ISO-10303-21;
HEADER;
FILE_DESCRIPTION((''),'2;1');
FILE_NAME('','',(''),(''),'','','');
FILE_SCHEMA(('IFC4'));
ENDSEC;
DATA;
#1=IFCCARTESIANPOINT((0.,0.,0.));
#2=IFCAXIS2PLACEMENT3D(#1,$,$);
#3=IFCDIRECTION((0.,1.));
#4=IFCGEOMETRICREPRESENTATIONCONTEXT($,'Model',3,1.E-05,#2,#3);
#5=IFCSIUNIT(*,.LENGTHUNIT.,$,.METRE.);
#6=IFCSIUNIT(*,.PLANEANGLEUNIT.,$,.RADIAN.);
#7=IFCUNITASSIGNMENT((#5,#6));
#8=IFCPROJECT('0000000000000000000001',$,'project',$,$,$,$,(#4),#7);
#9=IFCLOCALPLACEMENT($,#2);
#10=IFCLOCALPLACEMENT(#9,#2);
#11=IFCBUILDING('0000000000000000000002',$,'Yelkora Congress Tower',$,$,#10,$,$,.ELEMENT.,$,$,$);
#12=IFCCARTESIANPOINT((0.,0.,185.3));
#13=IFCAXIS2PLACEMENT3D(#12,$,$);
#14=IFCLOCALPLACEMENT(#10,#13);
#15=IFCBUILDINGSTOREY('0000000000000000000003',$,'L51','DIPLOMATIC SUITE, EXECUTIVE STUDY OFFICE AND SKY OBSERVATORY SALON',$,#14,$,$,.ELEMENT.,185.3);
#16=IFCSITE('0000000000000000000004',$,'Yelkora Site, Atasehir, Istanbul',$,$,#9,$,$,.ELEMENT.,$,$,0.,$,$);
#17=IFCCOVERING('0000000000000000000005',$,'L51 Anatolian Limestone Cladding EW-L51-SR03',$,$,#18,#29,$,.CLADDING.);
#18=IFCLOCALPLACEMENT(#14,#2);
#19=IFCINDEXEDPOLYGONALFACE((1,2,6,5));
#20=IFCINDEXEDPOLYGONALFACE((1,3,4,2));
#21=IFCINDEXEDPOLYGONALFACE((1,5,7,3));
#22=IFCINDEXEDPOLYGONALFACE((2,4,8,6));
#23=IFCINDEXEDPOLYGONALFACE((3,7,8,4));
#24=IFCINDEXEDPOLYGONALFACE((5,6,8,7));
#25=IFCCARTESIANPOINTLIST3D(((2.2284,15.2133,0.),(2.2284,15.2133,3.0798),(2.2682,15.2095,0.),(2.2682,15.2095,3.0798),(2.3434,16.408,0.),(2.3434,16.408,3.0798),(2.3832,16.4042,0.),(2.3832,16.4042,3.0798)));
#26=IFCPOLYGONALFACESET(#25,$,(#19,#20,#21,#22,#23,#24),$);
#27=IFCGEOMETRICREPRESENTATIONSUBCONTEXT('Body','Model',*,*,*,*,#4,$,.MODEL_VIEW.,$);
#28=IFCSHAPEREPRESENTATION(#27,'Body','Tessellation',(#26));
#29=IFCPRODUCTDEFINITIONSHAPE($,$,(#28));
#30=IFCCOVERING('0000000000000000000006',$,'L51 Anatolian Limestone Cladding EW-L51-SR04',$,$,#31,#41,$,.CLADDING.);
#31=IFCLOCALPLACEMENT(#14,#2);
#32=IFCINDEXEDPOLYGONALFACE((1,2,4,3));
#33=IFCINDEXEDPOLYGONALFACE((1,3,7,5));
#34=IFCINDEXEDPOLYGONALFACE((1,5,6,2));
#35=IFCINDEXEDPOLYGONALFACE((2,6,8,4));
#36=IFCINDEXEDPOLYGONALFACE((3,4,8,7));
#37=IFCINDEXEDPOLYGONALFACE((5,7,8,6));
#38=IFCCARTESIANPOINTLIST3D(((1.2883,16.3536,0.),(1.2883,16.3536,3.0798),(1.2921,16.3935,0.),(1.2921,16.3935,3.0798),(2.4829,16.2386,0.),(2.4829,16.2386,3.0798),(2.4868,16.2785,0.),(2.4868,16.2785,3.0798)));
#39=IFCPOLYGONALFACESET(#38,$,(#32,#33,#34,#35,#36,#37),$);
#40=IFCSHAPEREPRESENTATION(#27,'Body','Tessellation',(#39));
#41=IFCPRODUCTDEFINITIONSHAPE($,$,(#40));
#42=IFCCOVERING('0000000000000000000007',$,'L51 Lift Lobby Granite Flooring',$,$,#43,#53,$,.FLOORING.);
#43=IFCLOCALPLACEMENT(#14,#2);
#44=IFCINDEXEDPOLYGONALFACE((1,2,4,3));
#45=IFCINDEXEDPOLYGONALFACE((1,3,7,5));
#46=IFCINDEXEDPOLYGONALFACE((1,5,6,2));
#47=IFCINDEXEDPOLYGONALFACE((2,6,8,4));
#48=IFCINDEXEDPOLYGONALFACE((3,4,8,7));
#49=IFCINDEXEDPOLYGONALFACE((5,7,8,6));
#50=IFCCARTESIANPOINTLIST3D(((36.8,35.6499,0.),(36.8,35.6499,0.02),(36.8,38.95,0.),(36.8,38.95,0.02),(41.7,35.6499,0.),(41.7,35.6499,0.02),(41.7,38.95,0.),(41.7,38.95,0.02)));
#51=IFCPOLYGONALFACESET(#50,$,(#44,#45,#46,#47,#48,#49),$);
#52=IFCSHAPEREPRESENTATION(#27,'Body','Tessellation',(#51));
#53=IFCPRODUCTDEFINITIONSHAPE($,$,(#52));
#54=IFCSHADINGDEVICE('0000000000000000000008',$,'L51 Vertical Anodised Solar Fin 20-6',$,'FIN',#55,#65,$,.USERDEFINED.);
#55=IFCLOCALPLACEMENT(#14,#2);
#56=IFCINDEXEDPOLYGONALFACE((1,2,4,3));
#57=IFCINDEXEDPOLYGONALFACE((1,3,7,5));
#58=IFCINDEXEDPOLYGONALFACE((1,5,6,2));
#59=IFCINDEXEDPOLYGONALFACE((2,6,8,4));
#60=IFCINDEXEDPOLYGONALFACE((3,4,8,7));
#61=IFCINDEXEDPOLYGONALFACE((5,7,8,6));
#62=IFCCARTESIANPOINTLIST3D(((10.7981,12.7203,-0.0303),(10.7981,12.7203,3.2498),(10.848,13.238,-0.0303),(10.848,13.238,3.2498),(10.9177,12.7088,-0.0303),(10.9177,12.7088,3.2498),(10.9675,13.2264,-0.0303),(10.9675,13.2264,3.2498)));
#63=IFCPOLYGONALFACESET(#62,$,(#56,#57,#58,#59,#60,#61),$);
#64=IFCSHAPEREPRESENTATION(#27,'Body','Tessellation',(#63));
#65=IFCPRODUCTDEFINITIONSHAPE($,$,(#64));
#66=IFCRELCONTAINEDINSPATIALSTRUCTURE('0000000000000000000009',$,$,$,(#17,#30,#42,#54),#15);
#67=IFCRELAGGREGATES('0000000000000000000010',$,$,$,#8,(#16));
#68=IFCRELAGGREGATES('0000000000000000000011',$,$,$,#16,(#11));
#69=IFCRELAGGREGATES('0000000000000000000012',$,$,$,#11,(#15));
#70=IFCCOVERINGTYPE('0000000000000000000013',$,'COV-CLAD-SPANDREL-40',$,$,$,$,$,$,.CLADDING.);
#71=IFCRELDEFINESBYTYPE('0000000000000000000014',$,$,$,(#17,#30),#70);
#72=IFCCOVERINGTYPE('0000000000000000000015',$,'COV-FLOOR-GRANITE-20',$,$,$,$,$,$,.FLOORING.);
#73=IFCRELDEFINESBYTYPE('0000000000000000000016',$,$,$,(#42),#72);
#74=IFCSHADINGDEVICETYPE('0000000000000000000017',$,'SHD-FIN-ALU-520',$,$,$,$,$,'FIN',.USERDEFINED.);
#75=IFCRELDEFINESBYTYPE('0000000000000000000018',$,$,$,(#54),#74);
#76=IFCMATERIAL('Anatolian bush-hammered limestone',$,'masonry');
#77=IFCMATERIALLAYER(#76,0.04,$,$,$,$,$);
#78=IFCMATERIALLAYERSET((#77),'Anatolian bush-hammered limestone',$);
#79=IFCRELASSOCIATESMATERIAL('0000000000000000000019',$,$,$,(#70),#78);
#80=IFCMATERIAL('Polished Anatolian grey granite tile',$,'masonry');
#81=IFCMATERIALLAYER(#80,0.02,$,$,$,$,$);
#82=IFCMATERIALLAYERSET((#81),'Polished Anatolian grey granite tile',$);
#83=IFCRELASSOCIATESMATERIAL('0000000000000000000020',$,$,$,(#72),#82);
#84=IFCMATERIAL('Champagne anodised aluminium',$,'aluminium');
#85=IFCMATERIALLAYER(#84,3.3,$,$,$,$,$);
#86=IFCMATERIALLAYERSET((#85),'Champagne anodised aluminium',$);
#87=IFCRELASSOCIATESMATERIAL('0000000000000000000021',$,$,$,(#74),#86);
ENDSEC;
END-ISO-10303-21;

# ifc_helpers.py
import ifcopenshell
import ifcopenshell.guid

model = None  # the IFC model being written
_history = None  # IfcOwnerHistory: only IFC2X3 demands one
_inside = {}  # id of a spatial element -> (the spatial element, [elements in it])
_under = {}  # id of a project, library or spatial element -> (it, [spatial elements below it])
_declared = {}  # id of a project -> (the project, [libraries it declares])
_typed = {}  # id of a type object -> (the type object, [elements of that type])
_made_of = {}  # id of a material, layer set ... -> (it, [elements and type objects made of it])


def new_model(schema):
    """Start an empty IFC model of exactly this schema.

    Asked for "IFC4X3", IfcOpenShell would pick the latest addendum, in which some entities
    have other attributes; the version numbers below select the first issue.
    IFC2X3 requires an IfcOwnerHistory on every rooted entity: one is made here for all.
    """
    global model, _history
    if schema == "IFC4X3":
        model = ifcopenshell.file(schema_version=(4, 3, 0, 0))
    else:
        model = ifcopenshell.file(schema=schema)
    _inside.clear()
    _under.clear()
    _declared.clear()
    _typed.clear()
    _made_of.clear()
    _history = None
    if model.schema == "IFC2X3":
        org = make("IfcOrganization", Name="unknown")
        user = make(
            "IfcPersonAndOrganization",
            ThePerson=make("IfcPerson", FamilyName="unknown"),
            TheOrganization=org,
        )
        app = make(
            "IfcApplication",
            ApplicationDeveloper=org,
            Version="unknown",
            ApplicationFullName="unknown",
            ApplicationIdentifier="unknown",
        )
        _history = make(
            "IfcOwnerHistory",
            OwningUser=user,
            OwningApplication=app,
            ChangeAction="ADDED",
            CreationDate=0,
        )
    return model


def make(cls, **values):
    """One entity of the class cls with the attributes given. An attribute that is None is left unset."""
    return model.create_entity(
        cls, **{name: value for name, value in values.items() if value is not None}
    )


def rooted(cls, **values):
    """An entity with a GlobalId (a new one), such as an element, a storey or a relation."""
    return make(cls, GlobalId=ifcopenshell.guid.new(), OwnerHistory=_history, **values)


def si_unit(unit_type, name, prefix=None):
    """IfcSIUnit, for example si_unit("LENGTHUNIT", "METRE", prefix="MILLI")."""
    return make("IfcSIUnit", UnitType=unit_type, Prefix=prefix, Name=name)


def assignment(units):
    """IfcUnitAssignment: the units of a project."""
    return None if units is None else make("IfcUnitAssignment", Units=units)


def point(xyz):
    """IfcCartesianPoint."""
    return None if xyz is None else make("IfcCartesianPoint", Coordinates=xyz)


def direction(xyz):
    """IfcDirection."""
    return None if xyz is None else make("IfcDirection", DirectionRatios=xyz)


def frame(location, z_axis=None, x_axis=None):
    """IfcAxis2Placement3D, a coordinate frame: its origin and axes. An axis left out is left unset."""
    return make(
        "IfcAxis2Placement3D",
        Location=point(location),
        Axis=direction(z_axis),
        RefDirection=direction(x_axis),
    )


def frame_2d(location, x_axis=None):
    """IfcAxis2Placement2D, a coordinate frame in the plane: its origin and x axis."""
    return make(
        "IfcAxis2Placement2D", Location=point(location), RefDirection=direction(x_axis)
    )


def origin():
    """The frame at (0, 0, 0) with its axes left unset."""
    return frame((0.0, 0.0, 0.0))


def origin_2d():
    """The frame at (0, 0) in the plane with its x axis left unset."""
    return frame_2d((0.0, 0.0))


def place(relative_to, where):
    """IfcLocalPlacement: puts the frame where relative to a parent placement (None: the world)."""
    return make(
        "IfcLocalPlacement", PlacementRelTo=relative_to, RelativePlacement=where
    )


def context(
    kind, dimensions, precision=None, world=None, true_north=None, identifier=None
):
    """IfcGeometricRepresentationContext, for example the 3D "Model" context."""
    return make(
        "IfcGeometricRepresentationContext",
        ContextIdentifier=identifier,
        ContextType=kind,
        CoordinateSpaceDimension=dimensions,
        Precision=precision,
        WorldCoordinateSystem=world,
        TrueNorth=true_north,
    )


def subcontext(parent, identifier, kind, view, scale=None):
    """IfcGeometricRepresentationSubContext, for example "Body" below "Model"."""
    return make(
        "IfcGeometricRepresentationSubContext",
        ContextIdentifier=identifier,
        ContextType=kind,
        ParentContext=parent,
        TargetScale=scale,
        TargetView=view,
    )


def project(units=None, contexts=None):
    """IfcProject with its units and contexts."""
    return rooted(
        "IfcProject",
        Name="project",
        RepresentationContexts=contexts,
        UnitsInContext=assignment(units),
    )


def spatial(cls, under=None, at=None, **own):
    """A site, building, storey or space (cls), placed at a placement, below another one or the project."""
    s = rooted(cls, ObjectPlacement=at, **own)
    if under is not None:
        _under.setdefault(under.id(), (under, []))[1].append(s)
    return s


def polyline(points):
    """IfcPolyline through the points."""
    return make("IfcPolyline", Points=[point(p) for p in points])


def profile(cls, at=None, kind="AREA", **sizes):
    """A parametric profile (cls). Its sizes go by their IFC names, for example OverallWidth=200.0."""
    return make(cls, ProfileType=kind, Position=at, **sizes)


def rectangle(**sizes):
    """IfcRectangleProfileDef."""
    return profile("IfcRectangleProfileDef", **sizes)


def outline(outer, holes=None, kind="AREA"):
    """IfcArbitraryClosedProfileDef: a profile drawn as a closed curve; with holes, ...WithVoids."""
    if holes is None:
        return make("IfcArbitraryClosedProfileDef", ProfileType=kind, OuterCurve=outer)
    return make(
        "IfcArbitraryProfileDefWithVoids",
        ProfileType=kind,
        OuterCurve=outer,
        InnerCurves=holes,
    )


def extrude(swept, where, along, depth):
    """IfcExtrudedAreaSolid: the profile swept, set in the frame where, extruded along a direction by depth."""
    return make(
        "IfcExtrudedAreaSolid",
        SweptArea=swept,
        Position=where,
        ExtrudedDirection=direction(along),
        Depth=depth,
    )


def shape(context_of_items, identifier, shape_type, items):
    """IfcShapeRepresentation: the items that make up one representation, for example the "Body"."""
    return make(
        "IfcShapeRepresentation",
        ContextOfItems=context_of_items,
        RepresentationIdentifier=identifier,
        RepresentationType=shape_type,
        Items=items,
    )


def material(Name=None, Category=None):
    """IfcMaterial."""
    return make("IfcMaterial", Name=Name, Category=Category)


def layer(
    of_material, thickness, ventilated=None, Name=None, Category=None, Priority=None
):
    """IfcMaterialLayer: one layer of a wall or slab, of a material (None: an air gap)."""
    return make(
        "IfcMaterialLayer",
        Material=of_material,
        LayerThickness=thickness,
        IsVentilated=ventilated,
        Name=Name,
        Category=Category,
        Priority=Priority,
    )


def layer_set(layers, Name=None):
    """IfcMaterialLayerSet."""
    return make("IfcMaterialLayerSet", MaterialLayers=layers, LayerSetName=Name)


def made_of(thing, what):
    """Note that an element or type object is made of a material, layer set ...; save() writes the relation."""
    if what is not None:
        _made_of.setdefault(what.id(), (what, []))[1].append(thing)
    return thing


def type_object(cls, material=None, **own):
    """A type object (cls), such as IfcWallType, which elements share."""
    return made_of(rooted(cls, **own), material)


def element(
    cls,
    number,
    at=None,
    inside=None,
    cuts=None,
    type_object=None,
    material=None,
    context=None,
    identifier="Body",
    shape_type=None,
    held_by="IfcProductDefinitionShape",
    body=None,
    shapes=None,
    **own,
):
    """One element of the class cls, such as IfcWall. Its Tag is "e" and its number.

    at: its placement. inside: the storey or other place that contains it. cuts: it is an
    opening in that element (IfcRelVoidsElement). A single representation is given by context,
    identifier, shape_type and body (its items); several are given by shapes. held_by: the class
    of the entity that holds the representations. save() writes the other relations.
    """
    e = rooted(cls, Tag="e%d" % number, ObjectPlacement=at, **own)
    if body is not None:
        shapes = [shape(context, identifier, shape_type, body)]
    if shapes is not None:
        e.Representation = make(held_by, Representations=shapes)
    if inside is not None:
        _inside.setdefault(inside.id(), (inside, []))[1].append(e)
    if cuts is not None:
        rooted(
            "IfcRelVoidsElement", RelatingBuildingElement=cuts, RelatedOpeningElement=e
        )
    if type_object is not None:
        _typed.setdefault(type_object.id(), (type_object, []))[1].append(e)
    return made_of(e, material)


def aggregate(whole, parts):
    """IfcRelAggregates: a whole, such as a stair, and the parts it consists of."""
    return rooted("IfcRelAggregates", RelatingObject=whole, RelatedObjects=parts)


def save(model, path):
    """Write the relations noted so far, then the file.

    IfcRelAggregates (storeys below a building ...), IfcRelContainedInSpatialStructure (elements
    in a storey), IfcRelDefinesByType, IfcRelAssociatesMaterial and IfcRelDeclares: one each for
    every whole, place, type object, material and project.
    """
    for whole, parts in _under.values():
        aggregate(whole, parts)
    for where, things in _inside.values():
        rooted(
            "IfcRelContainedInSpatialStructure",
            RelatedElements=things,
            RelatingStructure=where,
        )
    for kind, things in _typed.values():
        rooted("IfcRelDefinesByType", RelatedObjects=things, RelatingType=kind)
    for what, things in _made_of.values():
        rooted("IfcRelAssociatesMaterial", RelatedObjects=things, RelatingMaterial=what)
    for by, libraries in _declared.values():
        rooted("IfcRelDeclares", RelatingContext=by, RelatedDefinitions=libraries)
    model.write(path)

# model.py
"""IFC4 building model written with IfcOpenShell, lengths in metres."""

from ifc_helpers import new_model, si_unit, direction, frame, frame_2d, origin, origin_2d, place, context, subcontext, project, spatial, polyline, rectangle, outline, extrude, material, layer, layer_set, type_object, element, save


model = new_model("IFC4")

# Units and contexts
model_context = context("Model", 3, precision=1e-05, world=origin(), true_north=direction((0.0, 1.0)))
body_context = subcontext(model_context, "Body", "Model", "MODEL_VIEW")
ifc_project = project(units=[si_unit("LENGTHUNIT", "METRE"), si_unit("PLANEANGLEUNIT", "RADIAN")], contexts=[model_context])

# Site, building, storey
site_placement = place(None, origin())
site = spatial("IfcSite", under=ifc_project, at=site_placement, Name="Yelkora Site, Atasehir, Istanbul", CompositionType="ELEMENT", RefElevation=0.0)
building_placement = place(site_placement, origin())
building = spatial("IfcBuilding", under=site, at=building_placement, Name="Yelkora Congress Tower", CompositionType="ELEMENT")
storey_placement = place(building_placement, frame((0.0, 0.0, 185.3)))
storey = spatial("IfcBuildingStorey", under=building, at=storey_placement, Name="L51", Description="DIPLOMATIC SUITE, EXECUTIVE STUDY OFFICE AND SKY OBSERVATORY SALON", CompositionType="ELEMENT", Elevation=185.3)

# Coverings
ifc_material_1 = material(Name="Anatolian bush-hammered limestone", Category="masonry")
ifc_layer_1 = layer(ifc_material_1, 0.04)
ifc_layer_set_1 = layer_set([ifc_layer_1], Name="Anatolian bush-hammered limestone")
covering_type_1 = type_object("IfcCoveringType", Name="COV-CLAD-SPANDREL-40", PredefinedType="CLADDING", material=ifc_layer_set_1)
for number, where, z_axis, x_axis, name in (
    (1, (2.2483, 15.2114, 0.0), (0.0, 0.0, 1.0), (0.095817, 0.995399, 0.0), "L51 Anatolian Limestone Cladding EW-L51-SR03"),
    (2, (2.4849, 16.2585, 0.0), (0.0, 0.0, 1.0), (-0.995399, 0.095817, 0.0), "L51 Anatolian Limestone Cladding EW-L51-SR04"),
):
    element("IfcCovering", number, at=place(storey_placement, frame(where, z_axis=z_axis, x_axis=x_axis)), inside=storey, type_object=covering_type_1, Name=name, PredefinedType="CLADDING", context=body_context, shape_type="SweptSolid", body=[
        extrude(rectangle(XDim=1.2002, YDim=0.04, at=frame_2d((0.6001, 0.0))), origin(), (0.0, 0.0, 1.0), 3.0798),
    ])
ifc_material_2 = material(Name="Polished Anatolian grey granite tile", Category="masonry")
ifc_layer_2 = layer(ifc_material_2, 0.02)
ifc_layer_set_2 = layer_set([ifc_layer_2], Name="Polished Anatolian grey granite tile")
covering_type_2 = type_object("IfcCoveringType", Name="COV-FLOOR-GRANITE-20", PredefinedType="FLOORING", material=ifc_layer_set_2)
covering_1_placement = place(storey_placement, origin())
element("IfcCovering", 3, at=covering_1_placement, inside=storey, type_object=covering_type_2, Name="L51 Lift Lobby Granite Flooring", PredefinedType="FLOORING", context=body_context, shape_type="SweptSolid", body=[
    extrude(outline(polyline([(36.8, 35.6499), (41.7, 35.6499), (41.7, 38.95), (36.8, 38.95), (36.8, 35.6499)])), origin(), (0.0, 0.0, 1.0), 0.02),
])

# Shading device
ifc_material_3 = material(Name="Champagne anodised aluminium", Category="aluminium")
ifc_layer_3 = layer(ifc_material_3, 3.3)
ifc_layer_set_3 = layer_set([ifc_layer_3], Name="Champagne anodised aluminium")
shading_device_type = type_object("IfcShadingDeviceType", Name="SHD-FIN-ALU-520", ElementType="FIN", PredefinedType="USERDEFINED", material=ifc_layer_set_3)
shading_device_placement = place(storey_placement, frame((10.8828, 12.9734, -0.0303), z_axis=(0.0, 0.0, 1.0), x_axis=(-0.995396, 0.095846, 0.0)))
element("IfcShadingDevice", 4, at=shading_device_placement, inside=storey, type_object=shading_device_type, Name="L51 Vertical Anodised Solar Fin 20-6", ObjectType="FIN", PredefinedType="USERDEFINED", context=body_context, shape_type="SweptSolid", body=[
    extrude(rectangle(XDim=0.1201, YDim=0.52, at=origin_2d()), origin(), (0.0, 0.0, 1.0), 3.28),
])

save(model, "model.ifc")
